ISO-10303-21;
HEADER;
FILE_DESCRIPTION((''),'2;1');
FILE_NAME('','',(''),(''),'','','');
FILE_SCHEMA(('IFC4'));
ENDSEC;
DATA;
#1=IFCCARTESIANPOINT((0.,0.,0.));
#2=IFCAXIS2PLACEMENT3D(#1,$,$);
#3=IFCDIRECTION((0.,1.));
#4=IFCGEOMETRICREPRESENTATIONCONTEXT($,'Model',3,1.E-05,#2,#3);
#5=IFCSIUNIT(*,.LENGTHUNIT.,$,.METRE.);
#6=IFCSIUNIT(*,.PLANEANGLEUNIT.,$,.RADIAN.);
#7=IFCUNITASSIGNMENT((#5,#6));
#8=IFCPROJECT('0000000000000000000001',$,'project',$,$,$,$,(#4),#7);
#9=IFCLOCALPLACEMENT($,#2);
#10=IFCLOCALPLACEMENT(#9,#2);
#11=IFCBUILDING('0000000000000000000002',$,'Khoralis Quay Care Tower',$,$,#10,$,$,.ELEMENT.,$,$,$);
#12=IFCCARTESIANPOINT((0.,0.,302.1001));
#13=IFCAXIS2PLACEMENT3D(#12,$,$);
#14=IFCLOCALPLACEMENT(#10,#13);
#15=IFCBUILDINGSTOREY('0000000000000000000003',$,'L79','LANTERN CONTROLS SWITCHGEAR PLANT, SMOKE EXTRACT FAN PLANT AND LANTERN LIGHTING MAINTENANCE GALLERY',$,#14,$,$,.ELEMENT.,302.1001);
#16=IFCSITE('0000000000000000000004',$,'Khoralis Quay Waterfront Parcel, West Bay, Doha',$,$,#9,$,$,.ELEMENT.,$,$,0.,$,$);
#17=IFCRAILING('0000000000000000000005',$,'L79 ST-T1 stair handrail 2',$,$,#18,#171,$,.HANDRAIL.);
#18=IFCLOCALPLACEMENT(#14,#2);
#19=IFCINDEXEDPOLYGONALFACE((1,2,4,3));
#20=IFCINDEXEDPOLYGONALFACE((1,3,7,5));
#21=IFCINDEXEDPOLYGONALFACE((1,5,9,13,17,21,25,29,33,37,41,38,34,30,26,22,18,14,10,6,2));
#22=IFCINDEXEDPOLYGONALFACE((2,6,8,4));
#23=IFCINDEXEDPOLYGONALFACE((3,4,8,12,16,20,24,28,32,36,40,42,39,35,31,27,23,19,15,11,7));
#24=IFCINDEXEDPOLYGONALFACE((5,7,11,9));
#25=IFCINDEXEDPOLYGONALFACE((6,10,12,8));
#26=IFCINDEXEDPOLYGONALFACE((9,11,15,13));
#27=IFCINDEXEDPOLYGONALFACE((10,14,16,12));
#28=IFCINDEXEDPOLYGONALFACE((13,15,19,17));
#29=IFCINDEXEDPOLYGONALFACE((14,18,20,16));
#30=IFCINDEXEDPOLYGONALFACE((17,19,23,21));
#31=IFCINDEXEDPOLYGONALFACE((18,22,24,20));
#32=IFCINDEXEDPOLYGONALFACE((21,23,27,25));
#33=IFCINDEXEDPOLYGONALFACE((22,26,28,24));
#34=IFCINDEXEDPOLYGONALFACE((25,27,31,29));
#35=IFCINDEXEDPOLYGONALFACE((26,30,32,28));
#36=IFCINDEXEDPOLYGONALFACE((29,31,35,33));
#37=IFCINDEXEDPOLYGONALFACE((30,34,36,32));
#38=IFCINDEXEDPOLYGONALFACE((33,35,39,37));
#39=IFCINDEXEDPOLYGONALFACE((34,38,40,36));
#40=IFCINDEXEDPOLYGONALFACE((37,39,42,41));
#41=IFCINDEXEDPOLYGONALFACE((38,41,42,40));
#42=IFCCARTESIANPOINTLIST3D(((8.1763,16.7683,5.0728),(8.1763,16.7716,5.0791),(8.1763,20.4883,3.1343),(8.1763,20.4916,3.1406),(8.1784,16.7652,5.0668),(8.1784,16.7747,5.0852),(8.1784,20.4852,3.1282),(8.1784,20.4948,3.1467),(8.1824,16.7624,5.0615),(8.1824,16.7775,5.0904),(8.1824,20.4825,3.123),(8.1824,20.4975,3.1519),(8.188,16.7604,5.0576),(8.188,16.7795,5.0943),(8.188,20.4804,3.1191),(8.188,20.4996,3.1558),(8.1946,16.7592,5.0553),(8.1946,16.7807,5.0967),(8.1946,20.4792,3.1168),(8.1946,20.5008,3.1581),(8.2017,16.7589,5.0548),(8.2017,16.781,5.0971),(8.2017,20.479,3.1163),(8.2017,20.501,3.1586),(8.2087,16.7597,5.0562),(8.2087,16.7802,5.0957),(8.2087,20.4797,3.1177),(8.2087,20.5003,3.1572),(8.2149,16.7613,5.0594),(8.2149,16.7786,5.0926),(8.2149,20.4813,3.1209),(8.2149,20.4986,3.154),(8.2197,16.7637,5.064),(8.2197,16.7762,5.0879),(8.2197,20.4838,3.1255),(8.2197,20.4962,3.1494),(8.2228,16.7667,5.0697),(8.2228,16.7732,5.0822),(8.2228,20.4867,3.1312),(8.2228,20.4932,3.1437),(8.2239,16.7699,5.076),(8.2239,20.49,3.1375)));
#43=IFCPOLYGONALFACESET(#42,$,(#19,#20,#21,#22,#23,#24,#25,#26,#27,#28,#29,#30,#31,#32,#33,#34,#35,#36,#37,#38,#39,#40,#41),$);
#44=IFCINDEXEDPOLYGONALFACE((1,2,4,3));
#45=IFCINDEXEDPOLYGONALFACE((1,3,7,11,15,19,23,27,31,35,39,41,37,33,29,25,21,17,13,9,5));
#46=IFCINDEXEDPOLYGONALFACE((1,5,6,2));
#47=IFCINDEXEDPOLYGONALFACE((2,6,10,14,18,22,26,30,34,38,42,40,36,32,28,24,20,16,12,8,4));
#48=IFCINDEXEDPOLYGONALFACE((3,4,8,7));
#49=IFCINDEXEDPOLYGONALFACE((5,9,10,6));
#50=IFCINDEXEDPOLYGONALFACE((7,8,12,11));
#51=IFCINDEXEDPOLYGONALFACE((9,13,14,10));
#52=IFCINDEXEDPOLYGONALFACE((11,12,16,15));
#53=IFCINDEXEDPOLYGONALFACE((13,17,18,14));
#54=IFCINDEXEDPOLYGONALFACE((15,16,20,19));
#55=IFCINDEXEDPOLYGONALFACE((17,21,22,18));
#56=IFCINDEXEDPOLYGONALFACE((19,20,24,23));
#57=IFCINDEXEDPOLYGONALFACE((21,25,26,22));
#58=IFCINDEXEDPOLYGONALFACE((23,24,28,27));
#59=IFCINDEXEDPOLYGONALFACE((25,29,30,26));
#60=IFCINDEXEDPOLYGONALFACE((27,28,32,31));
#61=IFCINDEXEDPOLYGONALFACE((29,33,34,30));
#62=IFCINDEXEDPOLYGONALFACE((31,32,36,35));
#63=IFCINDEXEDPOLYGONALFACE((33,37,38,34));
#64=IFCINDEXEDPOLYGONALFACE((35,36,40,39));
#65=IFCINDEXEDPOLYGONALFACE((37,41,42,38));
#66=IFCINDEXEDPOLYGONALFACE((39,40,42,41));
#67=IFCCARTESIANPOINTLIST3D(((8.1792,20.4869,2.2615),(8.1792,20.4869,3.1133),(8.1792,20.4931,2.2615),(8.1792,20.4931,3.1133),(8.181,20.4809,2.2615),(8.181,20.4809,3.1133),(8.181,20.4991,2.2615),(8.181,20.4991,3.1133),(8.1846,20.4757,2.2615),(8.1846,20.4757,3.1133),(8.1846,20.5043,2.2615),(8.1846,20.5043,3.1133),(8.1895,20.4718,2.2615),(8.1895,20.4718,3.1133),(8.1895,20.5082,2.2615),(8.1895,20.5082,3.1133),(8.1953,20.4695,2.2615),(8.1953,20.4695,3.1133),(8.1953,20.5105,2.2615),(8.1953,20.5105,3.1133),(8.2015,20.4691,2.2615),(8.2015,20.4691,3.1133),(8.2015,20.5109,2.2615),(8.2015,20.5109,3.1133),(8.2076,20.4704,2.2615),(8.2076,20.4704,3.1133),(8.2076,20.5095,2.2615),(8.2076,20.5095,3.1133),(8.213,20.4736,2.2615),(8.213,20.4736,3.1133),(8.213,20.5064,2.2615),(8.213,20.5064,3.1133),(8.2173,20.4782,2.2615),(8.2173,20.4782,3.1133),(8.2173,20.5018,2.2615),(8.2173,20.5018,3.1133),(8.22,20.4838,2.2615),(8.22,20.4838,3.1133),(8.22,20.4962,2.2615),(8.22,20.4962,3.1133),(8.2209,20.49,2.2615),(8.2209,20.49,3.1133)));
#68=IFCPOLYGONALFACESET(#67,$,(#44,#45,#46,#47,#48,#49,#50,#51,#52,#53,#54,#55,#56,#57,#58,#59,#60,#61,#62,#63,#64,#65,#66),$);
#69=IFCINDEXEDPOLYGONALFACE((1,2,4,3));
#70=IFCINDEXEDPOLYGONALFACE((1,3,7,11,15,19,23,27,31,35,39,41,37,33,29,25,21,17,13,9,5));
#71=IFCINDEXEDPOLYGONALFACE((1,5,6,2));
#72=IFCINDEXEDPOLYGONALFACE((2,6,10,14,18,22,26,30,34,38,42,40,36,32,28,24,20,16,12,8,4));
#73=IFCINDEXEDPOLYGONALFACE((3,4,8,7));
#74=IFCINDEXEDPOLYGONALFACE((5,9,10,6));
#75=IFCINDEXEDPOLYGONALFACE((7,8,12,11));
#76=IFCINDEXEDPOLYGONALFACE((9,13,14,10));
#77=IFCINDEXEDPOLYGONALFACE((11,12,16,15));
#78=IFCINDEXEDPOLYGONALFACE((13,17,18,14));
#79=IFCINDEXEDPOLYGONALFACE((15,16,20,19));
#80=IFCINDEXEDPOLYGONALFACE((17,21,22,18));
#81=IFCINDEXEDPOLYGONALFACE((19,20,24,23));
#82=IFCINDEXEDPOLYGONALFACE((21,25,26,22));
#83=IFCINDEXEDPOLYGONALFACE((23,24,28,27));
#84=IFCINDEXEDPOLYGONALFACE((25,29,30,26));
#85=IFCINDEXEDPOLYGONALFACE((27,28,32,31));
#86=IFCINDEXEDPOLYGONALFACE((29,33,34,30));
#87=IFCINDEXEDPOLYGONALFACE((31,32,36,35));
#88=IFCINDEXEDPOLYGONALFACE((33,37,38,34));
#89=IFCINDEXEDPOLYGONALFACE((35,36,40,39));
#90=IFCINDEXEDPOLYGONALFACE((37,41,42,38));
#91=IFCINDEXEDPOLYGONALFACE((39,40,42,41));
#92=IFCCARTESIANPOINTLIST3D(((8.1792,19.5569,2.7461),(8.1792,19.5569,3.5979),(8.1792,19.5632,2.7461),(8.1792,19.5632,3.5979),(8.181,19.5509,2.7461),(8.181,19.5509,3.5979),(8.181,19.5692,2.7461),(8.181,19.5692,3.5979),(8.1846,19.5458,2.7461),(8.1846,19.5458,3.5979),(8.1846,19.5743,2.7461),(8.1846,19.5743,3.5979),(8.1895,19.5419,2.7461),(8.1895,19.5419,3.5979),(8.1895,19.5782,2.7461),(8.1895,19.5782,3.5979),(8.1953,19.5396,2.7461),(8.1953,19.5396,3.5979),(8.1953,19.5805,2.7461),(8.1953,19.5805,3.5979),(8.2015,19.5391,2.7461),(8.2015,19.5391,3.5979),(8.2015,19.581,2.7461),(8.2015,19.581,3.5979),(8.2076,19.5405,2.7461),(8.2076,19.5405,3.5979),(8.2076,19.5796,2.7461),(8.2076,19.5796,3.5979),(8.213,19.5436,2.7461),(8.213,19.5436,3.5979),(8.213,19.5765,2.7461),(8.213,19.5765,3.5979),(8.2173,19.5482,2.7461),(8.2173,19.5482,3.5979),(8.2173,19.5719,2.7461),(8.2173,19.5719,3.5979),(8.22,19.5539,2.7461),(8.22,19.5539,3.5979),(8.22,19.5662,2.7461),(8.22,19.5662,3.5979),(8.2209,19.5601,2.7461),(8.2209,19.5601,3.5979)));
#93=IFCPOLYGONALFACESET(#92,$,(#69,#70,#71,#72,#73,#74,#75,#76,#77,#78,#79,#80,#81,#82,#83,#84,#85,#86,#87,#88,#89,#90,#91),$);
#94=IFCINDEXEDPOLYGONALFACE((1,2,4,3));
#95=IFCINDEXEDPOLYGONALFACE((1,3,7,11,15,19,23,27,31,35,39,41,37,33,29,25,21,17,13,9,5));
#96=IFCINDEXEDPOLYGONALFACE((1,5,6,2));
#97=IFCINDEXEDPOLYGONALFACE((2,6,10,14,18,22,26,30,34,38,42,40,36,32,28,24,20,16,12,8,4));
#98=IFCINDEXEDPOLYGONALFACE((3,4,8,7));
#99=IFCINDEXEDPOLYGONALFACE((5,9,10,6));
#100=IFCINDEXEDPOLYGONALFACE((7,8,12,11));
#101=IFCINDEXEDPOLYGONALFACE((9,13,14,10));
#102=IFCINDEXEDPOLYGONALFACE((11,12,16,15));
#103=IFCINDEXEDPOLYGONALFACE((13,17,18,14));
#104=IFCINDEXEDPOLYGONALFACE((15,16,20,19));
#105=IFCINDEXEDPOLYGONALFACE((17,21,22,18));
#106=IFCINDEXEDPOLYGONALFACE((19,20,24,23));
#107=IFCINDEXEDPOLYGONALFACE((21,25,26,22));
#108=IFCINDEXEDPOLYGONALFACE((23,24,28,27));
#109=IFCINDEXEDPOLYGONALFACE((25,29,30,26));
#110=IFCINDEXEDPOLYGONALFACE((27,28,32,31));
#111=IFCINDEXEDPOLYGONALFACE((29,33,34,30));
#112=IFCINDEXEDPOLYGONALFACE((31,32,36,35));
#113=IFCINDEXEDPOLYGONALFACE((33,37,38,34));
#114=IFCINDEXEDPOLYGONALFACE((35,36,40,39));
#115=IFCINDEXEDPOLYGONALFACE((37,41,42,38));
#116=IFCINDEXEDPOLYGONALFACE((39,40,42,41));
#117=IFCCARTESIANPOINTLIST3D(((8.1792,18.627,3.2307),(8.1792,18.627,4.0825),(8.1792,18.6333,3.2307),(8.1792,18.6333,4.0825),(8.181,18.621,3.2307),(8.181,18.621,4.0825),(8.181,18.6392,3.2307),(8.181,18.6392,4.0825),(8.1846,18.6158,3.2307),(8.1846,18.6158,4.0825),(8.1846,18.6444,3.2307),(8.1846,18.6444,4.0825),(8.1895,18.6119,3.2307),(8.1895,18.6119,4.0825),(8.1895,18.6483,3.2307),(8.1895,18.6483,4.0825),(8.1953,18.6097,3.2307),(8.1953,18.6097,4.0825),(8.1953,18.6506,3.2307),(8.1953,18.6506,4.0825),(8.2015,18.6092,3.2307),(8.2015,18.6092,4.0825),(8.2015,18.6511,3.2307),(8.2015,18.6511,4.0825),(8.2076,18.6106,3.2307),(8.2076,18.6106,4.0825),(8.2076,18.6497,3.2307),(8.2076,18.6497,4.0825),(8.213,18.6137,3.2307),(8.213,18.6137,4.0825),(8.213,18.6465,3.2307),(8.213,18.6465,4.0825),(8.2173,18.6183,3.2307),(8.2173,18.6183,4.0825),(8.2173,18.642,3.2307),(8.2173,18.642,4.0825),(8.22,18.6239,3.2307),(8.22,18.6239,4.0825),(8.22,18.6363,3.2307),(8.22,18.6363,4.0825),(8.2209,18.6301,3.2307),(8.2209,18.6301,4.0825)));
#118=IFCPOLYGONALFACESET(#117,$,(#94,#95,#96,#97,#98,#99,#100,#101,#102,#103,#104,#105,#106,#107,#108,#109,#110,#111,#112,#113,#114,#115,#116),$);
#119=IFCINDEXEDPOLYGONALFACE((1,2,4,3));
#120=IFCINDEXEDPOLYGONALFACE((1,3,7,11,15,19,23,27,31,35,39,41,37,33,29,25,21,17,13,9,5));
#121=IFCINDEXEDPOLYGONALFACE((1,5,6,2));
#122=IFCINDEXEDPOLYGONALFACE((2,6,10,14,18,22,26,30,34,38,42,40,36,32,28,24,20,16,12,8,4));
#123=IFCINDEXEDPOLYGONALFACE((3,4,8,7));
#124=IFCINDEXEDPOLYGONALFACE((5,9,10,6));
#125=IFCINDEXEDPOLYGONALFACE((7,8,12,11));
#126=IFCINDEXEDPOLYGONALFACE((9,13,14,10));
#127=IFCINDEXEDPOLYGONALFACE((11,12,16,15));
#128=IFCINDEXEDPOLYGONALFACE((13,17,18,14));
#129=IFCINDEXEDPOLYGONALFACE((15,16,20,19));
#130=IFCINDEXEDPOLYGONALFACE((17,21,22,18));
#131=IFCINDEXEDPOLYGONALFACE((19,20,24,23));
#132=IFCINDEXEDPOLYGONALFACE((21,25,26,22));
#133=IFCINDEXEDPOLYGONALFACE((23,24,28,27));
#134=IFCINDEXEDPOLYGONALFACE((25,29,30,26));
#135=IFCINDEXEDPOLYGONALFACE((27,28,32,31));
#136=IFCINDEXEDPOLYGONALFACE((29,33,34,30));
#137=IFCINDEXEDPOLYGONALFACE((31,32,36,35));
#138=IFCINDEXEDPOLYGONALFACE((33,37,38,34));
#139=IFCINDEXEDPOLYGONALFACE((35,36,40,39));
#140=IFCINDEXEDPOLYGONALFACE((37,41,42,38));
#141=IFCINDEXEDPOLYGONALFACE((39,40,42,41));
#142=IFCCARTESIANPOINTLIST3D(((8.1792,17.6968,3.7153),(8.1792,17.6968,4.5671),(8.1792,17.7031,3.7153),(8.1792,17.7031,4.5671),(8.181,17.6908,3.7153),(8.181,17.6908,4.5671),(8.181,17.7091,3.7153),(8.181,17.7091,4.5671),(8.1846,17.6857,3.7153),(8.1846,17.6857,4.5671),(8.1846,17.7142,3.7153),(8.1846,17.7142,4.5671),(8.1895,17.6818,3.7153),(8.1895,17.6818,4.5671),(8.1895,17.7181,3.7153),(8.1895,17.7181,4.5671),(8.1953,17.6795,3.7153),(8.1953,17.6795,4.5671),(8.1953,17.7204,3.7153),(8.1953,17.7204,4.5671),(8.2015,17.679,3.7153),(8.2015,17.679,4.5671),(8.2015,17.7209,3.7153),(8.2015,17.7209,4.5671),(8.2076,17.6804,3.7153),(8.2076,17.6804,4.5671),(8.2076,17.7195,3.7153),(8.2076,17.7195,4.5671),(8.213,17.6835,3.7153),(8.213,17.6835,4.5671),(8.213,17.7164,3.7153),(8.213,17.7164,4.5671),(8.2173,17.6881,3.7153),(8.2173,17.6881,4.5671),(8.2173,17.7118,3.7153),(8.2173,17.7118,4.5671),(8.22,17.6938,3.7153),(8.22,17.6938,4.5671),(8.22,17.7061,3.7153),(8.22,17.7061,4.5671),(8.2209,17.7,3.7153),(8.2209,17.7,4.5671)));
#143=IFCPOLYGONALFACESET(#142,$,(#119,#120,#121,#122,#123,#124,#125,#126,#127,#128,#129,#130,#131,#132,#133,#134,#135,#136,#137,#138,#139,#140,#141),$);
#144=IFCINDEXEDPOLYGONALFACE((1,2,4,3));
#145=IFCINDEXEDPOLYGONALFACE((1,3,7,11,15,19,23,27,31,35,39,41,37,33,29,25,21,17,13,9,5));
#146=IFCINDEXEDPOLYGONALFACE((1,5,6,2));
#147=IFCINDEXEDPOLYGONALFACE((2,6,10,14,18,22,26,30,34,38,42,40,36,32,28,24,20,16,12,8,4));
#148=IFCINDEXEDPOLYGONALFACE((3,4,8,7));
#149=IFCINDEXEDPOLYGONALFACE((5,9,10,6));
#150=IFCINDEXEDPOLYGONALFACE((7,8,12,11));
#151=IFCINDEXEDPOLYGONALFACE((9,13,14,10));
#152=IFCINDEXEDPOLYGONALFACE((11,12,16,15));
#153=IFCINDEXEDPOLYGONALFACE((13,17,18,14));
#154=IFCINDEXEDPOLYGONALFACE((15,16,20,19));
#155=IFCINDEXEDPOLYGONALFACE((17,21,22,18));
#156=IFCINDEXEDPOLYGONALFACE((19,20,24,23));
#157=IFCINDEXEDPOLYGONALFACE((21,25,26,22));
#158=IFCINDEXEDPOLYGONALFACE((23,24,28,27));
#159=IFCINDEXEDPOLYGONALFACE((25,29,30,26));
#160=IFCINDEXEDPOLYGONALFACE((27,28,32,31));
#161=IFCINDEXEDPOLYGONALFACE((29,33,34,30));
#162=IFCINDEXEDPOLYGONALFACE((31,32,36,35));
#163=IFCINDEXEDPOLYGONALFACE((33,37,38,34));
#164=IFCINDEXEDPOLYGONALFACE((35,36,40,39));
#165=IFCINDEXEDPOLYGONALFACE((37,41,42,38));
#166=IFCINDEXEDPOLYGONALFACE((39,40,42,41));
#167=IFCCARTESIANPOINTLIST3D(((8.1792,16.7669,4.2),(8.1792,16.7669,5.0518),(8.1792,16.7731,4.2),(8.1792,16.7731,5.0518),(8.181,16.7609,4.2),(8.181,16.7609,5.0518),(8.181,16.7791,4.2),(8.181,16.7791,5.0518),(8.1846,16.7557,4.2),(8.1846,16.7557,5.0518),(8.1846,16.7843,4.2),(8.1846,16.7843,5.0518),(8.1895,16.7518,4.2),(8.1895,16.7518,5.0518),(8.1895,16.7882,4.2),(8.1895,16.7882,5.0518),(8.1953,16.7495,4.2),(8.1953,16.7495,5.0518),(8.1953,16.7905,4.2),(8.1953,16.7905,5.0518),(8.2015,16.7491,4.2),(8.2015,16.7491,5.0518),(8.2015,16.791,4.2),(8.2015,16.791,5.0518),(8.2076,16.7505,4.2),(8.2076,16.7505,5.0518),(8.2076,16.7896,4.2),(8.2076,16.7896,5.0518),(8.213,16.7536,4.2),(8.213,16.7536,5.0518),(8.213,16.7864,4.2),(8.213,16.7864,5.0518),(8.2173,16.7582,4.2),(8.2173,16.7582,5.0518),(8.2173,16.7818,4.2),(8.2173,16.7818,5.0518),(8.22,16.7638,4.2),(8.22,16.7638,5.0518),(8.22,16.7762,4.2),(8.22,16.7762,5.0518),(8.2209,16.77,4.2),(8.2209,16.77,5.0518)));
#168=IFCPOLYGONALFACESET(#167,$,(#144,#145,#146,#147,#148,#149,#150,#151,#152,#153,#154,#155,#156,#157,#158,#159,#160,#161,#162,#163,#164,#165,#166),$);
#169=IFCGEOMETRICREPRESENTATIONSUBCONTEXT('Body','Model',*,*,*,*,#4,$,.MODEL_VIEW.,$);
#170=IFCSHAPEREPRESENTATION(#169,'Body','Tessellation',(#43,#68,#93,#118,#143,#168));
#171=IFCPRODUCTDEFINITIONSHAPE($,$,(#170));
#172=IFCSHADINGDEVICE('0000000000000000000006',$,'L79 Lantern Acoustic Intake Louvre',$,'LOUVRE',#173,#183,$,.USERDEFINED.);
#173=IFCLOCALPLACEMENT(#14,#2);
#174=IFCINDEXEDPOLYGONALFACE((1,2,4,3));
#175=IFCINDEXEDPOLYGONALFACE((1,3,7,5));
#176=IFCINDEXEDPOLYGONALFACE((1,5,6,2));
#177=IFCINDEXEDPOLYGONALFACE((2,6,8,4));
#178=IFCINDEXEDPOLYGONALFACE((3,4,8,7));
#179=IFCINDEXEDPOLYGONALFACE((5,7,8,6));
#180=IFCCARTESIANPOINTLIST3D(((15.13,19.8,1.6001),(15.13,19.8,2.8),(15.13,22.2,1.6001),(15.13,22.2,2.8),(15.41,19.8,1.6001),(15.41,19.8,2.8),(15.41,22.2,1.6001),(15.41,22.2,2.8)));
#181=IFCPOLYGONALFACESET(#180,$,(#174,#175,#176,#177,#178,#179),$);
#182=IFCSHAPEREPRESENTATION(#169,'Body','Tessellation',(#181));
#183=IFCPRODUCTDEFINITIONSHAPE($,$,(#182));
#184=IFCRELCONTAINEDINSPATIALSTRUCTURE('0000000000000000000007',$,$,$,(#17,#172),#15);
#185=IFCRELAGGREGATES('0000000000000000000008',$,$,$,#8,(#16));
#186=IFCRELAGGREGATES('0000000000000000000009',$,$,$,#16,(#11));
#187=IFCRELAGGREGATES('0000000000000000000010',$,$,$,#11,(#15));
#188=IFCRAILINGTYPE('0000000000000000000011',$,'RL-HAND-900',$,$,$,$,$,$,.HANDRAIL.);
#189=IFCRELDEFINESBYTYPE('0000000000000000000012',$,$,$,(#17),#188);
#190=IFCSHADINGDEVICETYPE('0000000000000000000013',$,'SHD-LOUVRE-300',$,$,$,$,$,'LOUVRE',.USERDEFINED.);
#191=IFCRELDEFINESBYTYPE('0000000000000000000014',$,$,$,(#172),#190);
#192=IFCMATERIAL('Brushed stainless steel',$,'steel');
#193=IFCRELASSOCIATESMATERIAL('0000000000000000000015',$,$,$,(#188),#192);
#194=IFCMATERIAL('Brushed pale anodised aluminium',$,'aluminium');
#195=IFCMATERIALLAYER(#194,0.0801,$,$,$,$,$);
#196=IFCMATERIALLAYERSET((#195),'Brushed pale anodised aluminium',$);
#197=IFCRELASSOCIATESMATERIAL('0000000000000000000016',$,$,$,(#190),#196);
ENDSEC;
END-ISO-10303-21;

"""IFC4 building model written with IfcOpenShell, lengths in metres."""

from ifc_helpers import new_model, si_unit, direction, frame, origin, origin_2d, place, context, subcontext, project, spatial, rectangle, circle, extrude, source, transform, mapped, material, layer, layer_set, type_object, element, save


model = new_model("IFC4")

# Units and contexts
model_context = context("Model", 3, precision=1e-05, world=origin(), true_north=direction((0.0, 1.0)))
body_context = subcontext(model_context, "Body", "Model", "MODEL_VIEW")
ifc_project = project(units=[si_unit("LENGTHUNIT", "METRE"), si_unit("PLANEANGLEUNIT", "RADIAN")], contexts=[model_context])

# Site, building, storey
site_placement = place(None, origin())
site = spatial("IfcSite", under=ifc_project, at=site_placement, Name="Khoralis Quay Waterfront Parcel, West Bay, Doha", CompositionType="ELEMENT", RefElevation=0.0)
building_placement = place(site_placement, origin())
building = spatial("IfcBuilding", under=site, at=building_placement, Name="Khoralis Quay Care Tower", CompositionType="ELEMENT")
storey_placement = place(building_placement, frame((0.0, 0.0, 302.1001)))
storey = spatial("IfcBuildingStorey", under=building, at=storey_placement, Name="L79", Description="LANTERN CONTROLS SWITCHGEAR PLANT, SMOKE EXTRACT FAN PLANT AND LANTERN LIGHTING MAINTENANCE GALLERY", CompositionType="ELEMENT", Elevation=302.1001)

# Railing
ifc_material_1 = material(Name="Brushed stainless steel", Category="steel")
railing_type_1 = type_object("IfcRailingType", Name="RL-HAND-900", PredefinedType="HANDRAIL", material=ifc_material_1)
railing_1_placement = place(storey_placement, frame((8.2, 20.49, 2.2615)))
element("IfcRailing", 1, at=railing_1_placement, inside=storey, type_object=railing_type_1, Name="L79 ST-T1 stair handrail 2", PredefinedType="HANDRAIL", context=body_context, shape_type="SweptSolid", body=[
    extrude(circle(Radius=0.0239, at=origin_2d()), frame((0.0, 0.0, 0.876), z_axis=(0.0, -0.886817, 0.46212), x_axis=(1.0, 0.0, 0.0)), (0.0, 0.0, 1.0), 4.1948),
    extrude(circle(Radius=0.021, at=origin_2d()), origin(), (0.0, 0.0, 1.0), 0.8518),
    extrude(circle(Radius=0.021, at=origin_2d()), frame((0.0, -0.9299, 0.4846)), (0.0, 0.0, 1.0), 0.8518),
    extrude(circle(Radius=0.021, at=origin_2d()), frame((0.0, -1.8599, 0.9692)), (0.0, 0.0, 1.0), 0.8518),
    extrude(circle(Radius=0.021, at=origin_2d()), frame((0.0, -2.79, 1.4539)), (0.0, 0.0, 1.0), 0.8518),
    extrude(circle(Radius=0.021, at=origin_2d()), frame((0.0, -3.72, 1.9385)), (0.0, 0.0, 1.0), 0.8518),
])

# Shading device
ifc_material_2 = material(Name="Brushed pale anodised aluminium", Category="aluminium")
ifc_layer_1 = layer(ifc_material_2, 0.0801)
ifc_layer_set_1 = layer_set([ifc_layer_1], Name="Brushed pale anodised aluminium")
shading_device_type = type_object("IfcShadingDeviceType", Name="SHD-LOUVRE-300", ElementType="LOUVRE", PredefinedType="USERDEFINED", material=ifc_layer_set_1)
shared_shape_1 = source(origin(), body_context, "Body", "SweptSolid", [
    extrude(rectangle(XDim=0.28, YDim=2.3999, at=origin_2d()), origin(), (0.0, 0.0, 1.0), 1.2),
])
shading_device_placement = place(storey_placement, frame((15.27, 21.0, 1.6001), z_axis=(0.0, 0.0, 1.0), x_axis=(1.0, 0.0, 0.0)))
element("IfcShadingDevice", 2, at=shading_device_placement, inside=storey, type_object=shading_device_type, Name="L79 Lantern Acoustic Intake Louvre", ObjectType="LOUVRE", PredefinedType="USERDEFINED", context=body_context, shape_type="MappedRepresentation", body=[
    mapped(shared_shape_1, transform((0.0, 0.0, 0.0), scale=1.0)),
])

save(model, "model.ifc")
